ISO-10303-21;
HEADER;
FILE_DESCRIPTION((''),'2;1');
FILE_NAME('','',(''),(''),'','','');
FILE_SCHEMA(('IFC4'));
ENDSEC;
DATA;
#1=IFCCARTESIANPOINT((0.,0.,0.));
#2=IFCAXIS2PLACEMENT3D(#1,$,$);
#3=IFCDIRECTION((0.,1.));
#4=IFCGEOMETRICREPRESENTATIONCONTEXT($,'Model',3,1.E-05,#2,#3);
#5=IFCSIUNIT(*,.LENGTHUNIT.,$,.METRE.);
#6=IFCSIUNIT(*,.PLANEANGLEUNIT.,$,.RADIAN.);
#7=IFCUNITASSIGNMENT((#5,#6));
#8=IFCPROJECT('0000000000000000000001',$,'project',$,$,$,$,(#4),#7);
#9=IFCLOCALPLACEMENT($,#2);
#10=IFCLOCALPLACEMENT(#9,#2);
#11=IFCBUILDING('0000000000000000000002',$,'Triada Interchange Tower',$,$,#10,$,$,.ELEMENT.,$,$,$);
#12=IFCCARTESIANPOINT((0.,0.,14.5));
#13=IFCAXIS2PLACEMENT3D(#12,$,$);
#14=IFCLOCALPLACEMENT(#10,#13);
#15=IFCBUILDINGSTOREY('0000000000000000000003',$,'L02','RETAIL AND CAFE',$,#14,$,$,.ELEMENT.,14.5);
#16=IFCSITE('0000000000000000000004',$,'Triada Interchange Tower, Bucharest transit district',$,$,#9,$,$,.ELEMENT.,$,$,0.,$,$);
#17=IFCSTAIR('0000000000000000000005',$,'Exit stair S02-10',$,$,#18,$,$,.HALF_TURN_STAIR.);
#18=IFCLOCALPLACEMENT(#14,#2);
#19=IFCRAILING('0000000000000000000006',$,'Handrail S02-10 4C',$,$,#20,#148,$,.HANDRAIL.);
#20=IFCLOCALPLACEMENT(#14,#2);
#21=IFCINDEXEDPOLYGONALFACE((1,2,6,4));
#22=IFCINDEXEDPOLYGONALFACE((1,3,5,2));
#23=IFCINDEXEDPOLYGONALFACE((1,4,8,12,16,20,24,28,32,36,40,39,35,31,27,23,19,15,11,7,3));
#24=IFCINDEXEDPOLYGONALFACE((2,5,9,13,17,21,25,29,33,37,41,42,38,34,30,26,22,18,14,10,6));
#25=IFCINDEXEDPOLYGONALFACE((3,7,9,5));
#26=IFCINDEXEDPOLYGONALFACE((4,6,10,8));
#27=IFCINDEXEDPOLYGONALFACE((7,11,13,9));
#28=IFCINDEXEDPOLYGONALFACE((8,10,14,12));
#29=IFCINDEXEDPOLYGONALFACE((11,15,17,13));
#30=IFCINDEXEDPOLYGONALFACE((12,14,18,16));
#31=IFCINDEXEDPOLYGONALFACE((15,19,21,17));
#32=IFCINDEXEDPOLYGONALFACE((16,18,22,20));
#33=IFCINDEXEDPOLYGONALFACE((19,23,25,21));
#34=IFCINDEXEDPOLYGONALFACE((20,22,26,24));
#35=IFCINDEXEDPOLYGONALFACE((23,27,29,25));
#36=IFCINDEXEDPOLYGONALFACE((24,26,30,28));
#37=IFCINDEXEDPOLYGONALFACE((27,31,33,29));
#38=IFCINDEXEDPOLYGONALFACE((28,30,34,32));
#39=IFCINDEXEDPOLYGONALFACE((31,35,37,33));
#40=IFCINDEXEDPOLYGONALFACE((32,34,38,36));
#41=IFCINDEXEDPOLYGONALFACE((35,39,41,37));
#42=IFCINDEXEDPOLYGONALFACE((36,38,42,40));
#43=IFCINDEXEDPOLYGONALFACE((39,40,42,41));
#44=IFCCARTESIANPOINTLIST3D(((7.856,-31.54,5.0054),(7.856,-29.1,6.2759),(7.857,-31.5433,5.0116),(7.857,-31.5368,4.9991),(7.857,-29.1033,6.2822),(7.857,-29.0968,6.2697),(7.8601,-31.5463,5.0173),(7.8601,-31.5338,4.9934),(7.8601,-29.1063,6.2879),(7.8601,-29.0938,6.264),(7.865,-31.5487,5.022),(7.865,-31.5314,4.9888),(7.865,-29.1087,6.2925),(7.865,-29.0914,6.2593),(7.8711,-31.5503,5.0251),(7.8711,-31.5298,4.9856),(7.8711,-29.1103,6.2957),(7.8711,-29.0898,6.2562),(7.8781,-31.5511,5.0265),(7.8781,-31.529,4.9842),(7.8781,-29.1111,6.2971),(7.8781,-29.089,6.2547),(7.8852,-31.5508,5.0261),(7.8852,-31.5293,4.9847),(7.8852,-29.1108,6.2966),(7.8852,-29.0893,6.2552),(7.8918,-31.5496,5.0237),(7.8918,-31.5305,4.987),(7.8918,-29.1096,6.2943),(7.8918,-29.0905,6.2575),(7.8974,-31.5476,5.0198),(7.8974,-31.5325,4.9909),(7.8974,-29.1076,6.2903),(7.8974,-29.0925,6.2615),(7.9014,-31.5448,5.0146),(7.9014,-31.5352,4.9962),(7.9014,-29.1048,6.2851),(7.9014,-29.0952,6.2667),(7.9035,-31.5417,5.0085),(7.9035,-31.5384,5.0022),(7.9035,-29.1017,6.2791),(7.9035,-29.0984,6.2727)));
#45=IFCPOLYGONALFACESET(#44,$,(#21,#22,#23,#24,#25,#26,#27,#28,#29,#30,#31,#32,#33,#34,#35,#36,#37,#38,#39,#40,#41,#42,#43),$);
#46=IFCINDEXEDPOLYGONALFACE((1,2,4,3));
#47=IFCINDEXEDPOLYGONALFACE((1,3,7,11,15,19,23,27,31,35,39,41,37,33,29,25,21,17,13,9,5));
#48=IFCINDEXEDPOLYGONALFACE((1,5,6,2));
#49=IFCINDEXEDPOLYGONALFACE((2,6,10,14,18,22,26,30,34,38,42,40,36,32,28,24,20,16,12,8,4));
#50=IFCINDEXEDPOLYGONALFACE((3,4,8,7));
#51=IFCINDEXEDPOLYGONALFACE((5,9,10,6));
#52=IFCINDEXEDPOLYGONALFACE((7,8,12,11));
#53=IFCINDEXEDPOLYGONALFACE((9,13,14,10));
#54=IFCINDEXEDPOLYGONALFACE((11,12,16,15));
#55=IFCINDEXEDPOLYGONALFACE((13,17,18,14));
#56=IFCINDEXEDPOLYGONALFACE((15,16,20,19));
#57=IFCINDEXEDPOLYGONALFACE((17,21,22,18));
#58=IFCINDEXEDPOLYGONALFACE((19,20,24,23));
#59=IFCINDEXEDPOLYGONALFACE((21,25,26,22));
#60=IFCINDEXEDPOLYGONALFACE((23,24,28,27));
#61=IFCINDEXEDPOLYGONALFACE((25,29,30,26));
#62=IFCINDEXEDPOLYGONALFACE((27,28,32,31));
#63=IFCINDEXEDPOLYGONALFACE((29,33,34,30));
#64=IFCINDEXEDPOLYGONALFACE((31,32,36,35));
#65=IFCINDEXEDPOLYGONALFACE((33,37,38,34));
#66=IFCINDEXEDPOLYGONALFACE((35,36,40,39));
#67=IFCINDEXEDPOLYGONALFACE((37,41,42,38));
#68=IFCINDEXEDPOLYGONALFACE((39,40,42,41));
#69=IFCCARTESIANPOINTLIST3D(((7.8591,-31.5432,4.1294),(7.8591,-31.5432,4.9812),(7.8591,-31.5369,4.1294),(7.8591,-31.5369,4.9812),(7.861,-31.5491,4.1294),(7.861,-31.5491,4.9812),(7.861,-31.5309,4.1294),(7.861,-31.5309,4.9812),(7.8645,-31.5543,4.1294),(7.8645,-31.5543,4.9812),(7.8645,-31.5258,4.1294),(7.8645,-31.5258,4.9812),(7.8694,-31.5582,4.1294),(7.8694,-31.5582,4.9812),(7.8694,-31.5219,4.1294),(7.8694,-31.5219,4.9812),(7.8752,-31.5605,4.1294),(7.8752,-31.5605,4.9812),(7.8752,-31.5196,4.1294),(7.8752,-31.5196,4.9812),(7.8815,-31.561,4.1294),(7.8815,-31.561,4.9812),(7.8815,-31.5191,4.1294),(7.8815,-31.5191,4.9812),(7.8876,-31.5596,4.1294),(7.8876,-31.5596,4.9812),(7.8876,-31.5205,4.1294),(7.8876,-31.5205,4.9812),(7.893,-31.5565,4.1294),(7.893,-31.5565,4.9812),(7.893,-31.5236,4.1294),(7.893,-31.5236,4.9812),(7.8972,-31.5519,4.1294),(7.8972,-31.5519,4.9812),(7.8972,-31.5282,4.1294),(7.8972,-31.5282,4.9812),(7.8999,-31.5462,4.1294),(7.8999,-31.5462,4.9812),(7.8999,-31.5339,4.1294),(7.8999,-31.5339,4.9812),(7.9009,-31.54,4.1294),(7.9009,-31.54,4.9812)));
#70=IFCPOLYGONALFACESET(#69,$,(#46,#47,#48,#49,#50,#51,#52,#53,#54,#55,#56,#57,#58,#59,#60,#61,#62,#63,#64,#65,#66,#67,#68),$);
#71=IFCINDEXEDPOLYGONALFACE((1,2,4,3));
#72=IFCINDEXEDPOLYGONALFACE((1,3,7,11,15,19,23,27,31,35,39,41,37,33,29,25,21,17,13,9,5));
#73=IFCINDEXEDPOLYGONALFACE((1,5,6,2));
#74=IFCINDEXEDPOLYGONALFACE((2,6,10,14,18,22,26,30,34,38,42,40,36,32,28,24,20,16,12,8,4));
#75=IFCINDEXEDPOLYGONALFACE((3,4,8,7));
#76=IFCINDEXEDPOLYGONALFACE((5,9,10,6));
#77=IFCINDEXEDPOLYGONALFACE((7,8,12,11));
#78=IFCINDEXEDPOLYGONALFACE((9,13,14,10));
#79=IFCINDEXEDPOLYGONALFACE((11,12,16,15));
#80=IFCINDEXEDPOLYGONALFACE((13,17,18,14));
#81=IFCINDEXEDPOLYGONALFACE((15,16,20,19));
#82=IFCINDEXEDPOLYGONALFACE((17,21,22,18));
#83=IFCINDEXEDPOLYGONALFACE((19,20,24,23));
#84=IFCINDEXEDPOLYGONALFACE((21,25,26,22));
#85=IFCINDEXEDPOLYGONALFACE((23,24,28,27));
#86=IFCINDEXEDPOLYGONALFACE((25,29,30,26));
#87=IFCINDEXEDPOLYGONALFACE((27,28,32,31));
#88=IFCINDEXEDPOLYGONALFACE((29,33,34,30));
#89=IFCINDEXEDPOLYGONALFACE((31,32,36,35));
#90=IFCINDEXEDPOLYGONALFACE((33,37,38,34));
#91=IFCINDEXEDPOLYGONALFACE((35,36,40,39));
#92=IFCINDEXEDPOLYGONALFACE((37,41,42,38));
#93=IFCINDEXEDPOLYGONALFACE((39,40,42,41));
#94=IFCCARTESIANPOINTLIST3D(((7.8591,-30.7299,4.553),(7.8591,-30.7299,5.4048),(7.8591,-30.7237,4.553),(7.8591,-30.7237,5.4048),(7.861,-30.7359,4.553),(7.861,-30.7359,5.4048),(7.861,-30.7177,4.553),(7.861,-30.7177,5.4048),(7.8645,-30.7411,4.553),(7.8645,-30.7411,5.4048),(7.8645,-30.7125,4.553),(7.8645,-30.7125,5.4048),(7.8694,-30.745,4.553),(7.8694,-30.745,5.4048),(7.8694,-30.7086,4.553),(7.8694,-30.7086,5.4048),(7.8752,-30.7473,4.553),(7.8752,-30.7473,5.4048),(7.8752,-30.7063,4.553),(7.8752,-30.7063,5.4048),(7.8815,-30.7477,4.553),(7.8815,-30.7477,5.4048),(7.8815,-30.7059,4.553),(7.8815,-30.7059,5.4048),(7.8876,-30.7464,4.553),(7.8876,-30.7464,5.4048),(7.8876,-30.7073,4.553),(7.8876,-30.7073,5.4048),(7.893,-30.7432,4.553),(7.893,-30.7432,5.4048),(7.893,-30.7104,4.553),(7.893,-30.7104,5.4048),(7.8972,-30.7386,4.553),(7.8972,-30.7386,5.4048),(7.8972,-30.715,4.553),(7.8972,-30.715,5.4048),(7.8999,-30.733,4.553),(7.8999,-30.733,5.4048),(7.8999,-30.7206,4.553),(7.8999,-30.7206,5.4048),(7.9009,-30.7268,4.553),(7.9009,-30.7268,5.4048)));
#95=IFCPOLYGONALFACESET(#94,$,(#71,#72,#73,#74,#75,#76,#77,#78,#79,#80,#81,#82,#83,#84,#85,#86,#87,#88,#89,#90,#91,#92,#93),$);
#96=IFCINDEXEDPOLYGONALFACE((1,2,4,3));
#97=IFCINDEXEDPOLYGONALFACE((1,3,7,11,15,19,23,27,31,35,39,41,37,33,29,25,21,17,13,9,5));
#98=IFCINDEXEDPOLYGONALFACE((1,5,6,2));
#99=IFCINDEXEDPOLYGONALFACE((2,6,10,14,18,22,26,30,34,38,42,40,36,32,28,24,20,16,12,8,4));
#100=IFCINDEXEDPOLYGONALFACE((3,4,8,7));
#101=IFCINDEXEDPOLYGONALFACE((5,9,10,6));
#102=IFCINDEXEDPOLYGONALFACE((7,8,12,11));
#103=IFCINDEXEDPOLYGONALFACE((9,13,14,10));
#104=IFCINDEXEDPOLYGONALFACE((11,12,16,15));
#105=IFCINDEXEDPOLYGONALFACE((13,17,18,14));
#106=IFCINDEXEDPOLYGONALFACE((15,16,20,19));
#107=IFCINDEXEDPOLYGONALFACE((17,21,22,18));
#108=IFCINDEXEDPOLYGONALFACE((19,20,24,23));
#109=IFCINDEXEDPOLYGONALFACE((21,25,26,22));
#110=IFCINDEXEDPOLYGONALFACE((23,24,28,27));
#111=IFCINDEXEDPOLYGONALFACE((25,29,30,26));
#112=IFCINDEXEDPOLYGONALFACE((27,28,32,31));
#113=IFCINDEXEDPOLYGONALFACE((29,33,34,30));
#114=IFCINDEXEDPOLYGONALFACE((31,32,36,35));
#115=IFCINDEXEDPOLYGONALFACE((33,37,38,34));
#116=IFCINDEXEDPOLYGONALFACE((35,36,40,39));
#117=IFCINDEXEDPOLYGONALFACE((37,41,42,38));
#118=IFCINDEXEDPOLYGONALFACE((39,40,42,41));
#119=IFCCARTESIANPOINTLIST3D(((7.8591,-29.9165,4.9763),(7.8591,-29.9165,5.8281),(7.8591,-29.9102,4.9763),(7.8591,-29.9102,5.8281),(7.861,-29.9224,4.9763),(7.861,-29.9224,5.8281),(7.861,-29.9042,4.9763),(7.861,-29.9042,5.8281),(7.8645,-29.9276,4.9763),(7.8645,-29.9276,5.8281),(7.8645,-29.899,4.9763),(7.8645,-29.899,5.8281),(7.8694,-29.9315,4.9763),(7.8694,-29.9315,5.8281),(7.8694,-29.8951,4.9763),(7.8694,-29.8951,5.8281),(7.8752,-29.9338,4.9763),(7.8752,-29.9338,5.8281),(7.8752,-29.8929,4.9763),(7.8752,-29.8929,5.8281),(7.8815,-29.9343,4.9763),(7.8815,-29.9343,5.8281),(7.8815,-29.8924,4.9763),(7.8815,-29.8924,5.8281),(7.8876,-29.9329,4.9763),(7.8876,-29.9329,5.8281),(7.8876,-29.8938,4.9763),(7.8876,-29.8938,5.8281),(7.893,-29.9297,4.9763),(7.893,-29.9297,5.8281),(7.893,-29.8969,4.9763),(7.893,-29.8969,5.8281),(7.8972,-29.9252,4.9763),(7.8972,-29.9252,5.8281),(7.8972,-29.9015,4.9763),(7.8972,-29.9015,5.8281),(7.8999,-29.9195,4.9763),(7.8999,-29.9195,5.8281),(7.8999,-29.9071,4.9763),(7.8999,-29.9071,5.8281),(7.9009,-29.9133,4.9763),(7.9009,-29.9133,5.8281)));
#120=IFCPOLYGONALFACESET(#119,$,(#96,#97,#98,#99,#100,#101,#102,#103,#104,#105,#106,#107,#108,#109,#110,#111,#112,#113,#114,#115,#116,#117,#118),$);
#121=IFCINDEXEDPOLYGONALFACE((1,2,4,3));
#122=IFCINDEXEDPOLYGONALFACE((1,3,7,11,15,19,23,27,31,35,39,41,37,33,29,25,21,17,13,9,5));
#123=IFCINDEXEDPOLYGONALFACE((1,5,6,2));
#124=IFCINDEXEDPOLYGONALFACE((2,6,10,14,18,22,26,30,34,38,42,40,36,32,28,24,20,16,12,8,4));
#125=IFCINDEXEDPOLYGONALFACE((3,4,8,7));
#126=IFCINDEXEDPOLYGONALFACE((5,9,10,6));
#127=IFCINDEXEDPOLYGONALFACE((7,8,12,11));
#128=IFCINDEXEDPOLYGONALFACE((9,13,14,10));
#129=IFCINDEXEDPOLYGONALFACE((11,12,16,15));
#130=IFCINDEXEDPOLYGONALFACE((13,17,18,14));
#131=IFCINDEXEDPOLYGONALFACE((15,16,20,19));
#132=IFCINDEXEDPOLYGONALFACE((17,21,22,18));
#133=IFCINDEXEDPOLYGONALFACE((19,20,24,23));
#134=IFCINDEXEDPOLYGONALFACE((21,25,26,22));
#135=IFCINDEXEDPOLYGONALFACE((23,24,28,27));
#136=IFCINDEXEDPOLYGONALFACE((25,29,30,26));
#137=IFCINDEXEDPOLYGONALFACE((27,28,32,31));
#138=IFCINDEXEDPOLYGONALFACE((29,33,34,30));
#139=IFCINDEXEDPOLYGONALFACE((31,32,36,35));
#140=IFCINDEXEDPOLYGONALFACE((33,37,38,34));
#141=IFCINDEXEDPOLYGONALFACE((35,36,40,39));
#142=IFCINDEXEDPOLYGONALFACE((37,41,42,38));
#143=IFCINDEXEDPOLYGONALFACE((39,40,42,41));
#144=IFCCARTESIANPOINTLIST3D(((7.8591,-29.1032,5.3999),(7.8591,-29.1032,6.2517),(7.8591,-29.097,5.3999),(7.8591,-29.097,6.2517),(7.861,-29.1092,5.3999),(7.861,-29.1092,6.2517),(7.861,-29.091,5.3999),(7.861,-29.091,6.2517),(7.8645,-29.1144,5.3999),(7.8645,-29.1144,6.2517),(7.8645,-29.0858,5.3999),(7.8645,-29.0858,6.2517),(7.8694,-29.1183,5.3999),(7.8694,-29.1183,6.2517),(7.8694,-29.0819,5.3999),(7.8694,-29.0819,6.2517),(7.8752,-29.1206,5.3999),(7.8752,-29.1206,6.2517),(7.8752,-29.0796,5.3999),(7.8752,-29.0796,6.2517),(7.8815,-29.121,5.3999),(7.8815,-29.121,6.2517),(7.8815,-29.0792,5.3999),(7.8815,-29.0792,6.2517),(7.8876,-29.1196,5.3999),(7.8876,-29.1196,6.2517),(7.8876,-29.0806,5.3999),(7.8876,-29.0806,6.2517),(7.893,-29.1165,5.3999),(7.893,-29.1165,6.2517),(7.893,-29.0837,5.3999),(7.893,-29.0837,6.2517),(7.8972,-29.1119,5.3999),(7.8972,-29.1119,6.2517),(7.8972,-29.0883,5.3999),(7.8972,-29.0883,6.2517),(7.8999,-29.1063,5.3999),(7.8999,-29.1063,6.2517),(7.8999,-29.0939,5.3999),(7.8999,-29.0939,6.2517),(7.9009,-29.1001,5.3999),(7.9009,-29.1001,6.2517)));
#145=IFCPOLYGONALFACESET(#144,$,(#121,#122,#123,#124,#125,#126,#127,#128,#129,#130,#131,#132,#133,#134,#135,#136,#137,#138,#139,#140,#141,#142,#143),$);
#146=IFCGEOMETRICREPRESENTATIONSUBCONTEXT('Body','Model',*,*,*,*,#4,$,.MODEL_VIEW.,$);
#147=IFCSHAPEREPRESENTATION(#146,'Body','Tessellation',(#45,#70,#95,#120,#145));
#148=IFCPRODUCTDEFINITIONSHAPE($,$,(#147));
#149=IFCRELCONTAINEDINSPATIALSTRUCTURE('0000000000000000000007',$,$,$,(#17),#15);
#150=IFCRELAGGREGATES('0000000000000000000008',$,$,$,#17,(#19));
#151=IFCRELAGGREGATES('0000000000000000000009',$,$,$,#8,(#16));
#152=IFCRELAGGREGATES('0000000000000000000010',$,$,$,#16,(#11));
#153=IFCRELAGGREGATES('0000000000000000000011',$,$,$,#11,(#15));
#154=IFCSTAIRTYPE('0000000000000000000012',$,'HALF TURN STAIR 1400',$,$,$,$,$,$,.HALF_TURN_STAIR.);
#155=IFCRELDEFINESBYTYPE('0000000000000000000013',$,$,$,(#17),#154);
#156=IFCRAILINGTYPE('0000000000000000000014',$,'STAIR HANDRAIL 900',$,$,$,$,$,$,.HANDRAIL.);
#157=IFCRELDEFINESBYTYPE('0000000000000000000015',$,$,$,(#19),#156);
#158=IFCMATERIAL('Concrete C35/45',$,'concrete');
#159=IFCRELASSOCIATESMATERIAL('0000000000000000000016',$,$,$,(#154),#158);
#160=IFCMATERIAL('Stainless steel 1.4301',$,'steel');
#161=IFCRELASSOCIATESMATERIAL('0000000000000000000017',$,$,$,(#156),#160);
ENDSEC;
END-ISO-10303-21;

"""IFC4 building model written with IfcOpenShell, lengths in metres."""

from ifc_helpers import new_model, si_unit, direction, frame, origin, origin_2d, place, context, subcontext, project, spatial, circle, extrude, material, type_object, element, aggregate, save


model = new_model("IFC4")

# Units and contexts
model_context = context("Model", 3, precision=1e-05, world=origin(), true_north=direction((0.0, 1.0)))
body_context = subcontext(model_context, "Body", "Model", "MODEL_VIEW")
ifc_project = project(units=[si_unit("LENGTHUNIT", "METRE"), si_unit("PLANEANGLEUNIT", "RADIAN")], contexts=[model_context])

# Site, building, storey
site_placement = place(None, origin())
site = spatial("IfcSite", under=ifc_project, at=site_placement, Name="Triada Interchange Tower, Bucharest transit district", CompositionType="ELEMENT", RefElevation=0.0)
building_placement = place(site_placement, origin())
building = spatial("IfcBuilding", under=site, at=building_placement, Name="Triada Interchange Tower", CompositionType="ELEMENT")
storey_placement = place(building_placement, frame((0.0, 0.0, 14.5)))
storey = spatial("IfcBuildingStorey", under=building, at=storey_placement, Name="L02", Description="RETAIL AND CAFE", CompositionType="ELEMENT", Elevation=14.5)

# Shared definitions
ifc_material_1 = material(Name="Concrete C35/45", Category="concrete")

# Stair, railing
stair_type = type_object("IfcStairType", Name="HALF TURN STAIR 1400", PredefinedType="HALF_TURN_STAIR", material=ifc_material_1)
stair_placement = place(storey_placement, origin())
stair = element("IfcStair", 1, at=stair_placement, inside=storey, type_object=stair_type, Name="Exit stair S02-10", PredefinedType="HALF_TURN_STAIR")
ifc_material_2 = material(Name="Stainless steel 1.4301", Category="steel")
railing_type_1 = type_object("IfcRailingType", Name="STAIR HANDRAIL 900", PredefinedType="HANDRAIL", material=ifc_material_2)
railing_1_placement = place(storey_placement, frame((7.8799, -31.54, 4.1294)))
railing_1 = element("IfcRailing", 2, at=railing_1_placement, type_object=railing_type_1, Name="Handrail S02-10 4C", PredefinedType="HANDRAIL", context=body_context, shape_type="SweptSolid", body=[
    extrude(circle(Radius=0.0239, at=origin_2d()), frame((0.0, 0.0, 0.876), z_axis=(0.0, 0.886958, 0.46185), x_axis=(-1.0, 0.0, 0.0)), (0.0, 0.0, 1.0), 2.751),
    extrude(circle(Radius=0.021, at=origin_2d()), origin(), (0.0, 0.0, 1.0), 0.8518),
    extrude(circle(Radius=0.021, at=origin_2d()), frame((0.0, 0.8132, 0.4236)), (0.0, 0.0, 1.0), 0.8518),
    extrude(circle(Radius=0.021, at=origin_2d()), frame((0.0, 1.6267, 0.8469)), (0.0, 0.0, 1.0), 0.8518),
    extrude(circle(Radius=0.021, at=origin_2d()), frame((0.0, 2.4399, 1.2705)), (0.0, 0.0, 1.0), 0.8518),
])
aggregate(stair, [railing_1])

save(model, "model.ifc")
